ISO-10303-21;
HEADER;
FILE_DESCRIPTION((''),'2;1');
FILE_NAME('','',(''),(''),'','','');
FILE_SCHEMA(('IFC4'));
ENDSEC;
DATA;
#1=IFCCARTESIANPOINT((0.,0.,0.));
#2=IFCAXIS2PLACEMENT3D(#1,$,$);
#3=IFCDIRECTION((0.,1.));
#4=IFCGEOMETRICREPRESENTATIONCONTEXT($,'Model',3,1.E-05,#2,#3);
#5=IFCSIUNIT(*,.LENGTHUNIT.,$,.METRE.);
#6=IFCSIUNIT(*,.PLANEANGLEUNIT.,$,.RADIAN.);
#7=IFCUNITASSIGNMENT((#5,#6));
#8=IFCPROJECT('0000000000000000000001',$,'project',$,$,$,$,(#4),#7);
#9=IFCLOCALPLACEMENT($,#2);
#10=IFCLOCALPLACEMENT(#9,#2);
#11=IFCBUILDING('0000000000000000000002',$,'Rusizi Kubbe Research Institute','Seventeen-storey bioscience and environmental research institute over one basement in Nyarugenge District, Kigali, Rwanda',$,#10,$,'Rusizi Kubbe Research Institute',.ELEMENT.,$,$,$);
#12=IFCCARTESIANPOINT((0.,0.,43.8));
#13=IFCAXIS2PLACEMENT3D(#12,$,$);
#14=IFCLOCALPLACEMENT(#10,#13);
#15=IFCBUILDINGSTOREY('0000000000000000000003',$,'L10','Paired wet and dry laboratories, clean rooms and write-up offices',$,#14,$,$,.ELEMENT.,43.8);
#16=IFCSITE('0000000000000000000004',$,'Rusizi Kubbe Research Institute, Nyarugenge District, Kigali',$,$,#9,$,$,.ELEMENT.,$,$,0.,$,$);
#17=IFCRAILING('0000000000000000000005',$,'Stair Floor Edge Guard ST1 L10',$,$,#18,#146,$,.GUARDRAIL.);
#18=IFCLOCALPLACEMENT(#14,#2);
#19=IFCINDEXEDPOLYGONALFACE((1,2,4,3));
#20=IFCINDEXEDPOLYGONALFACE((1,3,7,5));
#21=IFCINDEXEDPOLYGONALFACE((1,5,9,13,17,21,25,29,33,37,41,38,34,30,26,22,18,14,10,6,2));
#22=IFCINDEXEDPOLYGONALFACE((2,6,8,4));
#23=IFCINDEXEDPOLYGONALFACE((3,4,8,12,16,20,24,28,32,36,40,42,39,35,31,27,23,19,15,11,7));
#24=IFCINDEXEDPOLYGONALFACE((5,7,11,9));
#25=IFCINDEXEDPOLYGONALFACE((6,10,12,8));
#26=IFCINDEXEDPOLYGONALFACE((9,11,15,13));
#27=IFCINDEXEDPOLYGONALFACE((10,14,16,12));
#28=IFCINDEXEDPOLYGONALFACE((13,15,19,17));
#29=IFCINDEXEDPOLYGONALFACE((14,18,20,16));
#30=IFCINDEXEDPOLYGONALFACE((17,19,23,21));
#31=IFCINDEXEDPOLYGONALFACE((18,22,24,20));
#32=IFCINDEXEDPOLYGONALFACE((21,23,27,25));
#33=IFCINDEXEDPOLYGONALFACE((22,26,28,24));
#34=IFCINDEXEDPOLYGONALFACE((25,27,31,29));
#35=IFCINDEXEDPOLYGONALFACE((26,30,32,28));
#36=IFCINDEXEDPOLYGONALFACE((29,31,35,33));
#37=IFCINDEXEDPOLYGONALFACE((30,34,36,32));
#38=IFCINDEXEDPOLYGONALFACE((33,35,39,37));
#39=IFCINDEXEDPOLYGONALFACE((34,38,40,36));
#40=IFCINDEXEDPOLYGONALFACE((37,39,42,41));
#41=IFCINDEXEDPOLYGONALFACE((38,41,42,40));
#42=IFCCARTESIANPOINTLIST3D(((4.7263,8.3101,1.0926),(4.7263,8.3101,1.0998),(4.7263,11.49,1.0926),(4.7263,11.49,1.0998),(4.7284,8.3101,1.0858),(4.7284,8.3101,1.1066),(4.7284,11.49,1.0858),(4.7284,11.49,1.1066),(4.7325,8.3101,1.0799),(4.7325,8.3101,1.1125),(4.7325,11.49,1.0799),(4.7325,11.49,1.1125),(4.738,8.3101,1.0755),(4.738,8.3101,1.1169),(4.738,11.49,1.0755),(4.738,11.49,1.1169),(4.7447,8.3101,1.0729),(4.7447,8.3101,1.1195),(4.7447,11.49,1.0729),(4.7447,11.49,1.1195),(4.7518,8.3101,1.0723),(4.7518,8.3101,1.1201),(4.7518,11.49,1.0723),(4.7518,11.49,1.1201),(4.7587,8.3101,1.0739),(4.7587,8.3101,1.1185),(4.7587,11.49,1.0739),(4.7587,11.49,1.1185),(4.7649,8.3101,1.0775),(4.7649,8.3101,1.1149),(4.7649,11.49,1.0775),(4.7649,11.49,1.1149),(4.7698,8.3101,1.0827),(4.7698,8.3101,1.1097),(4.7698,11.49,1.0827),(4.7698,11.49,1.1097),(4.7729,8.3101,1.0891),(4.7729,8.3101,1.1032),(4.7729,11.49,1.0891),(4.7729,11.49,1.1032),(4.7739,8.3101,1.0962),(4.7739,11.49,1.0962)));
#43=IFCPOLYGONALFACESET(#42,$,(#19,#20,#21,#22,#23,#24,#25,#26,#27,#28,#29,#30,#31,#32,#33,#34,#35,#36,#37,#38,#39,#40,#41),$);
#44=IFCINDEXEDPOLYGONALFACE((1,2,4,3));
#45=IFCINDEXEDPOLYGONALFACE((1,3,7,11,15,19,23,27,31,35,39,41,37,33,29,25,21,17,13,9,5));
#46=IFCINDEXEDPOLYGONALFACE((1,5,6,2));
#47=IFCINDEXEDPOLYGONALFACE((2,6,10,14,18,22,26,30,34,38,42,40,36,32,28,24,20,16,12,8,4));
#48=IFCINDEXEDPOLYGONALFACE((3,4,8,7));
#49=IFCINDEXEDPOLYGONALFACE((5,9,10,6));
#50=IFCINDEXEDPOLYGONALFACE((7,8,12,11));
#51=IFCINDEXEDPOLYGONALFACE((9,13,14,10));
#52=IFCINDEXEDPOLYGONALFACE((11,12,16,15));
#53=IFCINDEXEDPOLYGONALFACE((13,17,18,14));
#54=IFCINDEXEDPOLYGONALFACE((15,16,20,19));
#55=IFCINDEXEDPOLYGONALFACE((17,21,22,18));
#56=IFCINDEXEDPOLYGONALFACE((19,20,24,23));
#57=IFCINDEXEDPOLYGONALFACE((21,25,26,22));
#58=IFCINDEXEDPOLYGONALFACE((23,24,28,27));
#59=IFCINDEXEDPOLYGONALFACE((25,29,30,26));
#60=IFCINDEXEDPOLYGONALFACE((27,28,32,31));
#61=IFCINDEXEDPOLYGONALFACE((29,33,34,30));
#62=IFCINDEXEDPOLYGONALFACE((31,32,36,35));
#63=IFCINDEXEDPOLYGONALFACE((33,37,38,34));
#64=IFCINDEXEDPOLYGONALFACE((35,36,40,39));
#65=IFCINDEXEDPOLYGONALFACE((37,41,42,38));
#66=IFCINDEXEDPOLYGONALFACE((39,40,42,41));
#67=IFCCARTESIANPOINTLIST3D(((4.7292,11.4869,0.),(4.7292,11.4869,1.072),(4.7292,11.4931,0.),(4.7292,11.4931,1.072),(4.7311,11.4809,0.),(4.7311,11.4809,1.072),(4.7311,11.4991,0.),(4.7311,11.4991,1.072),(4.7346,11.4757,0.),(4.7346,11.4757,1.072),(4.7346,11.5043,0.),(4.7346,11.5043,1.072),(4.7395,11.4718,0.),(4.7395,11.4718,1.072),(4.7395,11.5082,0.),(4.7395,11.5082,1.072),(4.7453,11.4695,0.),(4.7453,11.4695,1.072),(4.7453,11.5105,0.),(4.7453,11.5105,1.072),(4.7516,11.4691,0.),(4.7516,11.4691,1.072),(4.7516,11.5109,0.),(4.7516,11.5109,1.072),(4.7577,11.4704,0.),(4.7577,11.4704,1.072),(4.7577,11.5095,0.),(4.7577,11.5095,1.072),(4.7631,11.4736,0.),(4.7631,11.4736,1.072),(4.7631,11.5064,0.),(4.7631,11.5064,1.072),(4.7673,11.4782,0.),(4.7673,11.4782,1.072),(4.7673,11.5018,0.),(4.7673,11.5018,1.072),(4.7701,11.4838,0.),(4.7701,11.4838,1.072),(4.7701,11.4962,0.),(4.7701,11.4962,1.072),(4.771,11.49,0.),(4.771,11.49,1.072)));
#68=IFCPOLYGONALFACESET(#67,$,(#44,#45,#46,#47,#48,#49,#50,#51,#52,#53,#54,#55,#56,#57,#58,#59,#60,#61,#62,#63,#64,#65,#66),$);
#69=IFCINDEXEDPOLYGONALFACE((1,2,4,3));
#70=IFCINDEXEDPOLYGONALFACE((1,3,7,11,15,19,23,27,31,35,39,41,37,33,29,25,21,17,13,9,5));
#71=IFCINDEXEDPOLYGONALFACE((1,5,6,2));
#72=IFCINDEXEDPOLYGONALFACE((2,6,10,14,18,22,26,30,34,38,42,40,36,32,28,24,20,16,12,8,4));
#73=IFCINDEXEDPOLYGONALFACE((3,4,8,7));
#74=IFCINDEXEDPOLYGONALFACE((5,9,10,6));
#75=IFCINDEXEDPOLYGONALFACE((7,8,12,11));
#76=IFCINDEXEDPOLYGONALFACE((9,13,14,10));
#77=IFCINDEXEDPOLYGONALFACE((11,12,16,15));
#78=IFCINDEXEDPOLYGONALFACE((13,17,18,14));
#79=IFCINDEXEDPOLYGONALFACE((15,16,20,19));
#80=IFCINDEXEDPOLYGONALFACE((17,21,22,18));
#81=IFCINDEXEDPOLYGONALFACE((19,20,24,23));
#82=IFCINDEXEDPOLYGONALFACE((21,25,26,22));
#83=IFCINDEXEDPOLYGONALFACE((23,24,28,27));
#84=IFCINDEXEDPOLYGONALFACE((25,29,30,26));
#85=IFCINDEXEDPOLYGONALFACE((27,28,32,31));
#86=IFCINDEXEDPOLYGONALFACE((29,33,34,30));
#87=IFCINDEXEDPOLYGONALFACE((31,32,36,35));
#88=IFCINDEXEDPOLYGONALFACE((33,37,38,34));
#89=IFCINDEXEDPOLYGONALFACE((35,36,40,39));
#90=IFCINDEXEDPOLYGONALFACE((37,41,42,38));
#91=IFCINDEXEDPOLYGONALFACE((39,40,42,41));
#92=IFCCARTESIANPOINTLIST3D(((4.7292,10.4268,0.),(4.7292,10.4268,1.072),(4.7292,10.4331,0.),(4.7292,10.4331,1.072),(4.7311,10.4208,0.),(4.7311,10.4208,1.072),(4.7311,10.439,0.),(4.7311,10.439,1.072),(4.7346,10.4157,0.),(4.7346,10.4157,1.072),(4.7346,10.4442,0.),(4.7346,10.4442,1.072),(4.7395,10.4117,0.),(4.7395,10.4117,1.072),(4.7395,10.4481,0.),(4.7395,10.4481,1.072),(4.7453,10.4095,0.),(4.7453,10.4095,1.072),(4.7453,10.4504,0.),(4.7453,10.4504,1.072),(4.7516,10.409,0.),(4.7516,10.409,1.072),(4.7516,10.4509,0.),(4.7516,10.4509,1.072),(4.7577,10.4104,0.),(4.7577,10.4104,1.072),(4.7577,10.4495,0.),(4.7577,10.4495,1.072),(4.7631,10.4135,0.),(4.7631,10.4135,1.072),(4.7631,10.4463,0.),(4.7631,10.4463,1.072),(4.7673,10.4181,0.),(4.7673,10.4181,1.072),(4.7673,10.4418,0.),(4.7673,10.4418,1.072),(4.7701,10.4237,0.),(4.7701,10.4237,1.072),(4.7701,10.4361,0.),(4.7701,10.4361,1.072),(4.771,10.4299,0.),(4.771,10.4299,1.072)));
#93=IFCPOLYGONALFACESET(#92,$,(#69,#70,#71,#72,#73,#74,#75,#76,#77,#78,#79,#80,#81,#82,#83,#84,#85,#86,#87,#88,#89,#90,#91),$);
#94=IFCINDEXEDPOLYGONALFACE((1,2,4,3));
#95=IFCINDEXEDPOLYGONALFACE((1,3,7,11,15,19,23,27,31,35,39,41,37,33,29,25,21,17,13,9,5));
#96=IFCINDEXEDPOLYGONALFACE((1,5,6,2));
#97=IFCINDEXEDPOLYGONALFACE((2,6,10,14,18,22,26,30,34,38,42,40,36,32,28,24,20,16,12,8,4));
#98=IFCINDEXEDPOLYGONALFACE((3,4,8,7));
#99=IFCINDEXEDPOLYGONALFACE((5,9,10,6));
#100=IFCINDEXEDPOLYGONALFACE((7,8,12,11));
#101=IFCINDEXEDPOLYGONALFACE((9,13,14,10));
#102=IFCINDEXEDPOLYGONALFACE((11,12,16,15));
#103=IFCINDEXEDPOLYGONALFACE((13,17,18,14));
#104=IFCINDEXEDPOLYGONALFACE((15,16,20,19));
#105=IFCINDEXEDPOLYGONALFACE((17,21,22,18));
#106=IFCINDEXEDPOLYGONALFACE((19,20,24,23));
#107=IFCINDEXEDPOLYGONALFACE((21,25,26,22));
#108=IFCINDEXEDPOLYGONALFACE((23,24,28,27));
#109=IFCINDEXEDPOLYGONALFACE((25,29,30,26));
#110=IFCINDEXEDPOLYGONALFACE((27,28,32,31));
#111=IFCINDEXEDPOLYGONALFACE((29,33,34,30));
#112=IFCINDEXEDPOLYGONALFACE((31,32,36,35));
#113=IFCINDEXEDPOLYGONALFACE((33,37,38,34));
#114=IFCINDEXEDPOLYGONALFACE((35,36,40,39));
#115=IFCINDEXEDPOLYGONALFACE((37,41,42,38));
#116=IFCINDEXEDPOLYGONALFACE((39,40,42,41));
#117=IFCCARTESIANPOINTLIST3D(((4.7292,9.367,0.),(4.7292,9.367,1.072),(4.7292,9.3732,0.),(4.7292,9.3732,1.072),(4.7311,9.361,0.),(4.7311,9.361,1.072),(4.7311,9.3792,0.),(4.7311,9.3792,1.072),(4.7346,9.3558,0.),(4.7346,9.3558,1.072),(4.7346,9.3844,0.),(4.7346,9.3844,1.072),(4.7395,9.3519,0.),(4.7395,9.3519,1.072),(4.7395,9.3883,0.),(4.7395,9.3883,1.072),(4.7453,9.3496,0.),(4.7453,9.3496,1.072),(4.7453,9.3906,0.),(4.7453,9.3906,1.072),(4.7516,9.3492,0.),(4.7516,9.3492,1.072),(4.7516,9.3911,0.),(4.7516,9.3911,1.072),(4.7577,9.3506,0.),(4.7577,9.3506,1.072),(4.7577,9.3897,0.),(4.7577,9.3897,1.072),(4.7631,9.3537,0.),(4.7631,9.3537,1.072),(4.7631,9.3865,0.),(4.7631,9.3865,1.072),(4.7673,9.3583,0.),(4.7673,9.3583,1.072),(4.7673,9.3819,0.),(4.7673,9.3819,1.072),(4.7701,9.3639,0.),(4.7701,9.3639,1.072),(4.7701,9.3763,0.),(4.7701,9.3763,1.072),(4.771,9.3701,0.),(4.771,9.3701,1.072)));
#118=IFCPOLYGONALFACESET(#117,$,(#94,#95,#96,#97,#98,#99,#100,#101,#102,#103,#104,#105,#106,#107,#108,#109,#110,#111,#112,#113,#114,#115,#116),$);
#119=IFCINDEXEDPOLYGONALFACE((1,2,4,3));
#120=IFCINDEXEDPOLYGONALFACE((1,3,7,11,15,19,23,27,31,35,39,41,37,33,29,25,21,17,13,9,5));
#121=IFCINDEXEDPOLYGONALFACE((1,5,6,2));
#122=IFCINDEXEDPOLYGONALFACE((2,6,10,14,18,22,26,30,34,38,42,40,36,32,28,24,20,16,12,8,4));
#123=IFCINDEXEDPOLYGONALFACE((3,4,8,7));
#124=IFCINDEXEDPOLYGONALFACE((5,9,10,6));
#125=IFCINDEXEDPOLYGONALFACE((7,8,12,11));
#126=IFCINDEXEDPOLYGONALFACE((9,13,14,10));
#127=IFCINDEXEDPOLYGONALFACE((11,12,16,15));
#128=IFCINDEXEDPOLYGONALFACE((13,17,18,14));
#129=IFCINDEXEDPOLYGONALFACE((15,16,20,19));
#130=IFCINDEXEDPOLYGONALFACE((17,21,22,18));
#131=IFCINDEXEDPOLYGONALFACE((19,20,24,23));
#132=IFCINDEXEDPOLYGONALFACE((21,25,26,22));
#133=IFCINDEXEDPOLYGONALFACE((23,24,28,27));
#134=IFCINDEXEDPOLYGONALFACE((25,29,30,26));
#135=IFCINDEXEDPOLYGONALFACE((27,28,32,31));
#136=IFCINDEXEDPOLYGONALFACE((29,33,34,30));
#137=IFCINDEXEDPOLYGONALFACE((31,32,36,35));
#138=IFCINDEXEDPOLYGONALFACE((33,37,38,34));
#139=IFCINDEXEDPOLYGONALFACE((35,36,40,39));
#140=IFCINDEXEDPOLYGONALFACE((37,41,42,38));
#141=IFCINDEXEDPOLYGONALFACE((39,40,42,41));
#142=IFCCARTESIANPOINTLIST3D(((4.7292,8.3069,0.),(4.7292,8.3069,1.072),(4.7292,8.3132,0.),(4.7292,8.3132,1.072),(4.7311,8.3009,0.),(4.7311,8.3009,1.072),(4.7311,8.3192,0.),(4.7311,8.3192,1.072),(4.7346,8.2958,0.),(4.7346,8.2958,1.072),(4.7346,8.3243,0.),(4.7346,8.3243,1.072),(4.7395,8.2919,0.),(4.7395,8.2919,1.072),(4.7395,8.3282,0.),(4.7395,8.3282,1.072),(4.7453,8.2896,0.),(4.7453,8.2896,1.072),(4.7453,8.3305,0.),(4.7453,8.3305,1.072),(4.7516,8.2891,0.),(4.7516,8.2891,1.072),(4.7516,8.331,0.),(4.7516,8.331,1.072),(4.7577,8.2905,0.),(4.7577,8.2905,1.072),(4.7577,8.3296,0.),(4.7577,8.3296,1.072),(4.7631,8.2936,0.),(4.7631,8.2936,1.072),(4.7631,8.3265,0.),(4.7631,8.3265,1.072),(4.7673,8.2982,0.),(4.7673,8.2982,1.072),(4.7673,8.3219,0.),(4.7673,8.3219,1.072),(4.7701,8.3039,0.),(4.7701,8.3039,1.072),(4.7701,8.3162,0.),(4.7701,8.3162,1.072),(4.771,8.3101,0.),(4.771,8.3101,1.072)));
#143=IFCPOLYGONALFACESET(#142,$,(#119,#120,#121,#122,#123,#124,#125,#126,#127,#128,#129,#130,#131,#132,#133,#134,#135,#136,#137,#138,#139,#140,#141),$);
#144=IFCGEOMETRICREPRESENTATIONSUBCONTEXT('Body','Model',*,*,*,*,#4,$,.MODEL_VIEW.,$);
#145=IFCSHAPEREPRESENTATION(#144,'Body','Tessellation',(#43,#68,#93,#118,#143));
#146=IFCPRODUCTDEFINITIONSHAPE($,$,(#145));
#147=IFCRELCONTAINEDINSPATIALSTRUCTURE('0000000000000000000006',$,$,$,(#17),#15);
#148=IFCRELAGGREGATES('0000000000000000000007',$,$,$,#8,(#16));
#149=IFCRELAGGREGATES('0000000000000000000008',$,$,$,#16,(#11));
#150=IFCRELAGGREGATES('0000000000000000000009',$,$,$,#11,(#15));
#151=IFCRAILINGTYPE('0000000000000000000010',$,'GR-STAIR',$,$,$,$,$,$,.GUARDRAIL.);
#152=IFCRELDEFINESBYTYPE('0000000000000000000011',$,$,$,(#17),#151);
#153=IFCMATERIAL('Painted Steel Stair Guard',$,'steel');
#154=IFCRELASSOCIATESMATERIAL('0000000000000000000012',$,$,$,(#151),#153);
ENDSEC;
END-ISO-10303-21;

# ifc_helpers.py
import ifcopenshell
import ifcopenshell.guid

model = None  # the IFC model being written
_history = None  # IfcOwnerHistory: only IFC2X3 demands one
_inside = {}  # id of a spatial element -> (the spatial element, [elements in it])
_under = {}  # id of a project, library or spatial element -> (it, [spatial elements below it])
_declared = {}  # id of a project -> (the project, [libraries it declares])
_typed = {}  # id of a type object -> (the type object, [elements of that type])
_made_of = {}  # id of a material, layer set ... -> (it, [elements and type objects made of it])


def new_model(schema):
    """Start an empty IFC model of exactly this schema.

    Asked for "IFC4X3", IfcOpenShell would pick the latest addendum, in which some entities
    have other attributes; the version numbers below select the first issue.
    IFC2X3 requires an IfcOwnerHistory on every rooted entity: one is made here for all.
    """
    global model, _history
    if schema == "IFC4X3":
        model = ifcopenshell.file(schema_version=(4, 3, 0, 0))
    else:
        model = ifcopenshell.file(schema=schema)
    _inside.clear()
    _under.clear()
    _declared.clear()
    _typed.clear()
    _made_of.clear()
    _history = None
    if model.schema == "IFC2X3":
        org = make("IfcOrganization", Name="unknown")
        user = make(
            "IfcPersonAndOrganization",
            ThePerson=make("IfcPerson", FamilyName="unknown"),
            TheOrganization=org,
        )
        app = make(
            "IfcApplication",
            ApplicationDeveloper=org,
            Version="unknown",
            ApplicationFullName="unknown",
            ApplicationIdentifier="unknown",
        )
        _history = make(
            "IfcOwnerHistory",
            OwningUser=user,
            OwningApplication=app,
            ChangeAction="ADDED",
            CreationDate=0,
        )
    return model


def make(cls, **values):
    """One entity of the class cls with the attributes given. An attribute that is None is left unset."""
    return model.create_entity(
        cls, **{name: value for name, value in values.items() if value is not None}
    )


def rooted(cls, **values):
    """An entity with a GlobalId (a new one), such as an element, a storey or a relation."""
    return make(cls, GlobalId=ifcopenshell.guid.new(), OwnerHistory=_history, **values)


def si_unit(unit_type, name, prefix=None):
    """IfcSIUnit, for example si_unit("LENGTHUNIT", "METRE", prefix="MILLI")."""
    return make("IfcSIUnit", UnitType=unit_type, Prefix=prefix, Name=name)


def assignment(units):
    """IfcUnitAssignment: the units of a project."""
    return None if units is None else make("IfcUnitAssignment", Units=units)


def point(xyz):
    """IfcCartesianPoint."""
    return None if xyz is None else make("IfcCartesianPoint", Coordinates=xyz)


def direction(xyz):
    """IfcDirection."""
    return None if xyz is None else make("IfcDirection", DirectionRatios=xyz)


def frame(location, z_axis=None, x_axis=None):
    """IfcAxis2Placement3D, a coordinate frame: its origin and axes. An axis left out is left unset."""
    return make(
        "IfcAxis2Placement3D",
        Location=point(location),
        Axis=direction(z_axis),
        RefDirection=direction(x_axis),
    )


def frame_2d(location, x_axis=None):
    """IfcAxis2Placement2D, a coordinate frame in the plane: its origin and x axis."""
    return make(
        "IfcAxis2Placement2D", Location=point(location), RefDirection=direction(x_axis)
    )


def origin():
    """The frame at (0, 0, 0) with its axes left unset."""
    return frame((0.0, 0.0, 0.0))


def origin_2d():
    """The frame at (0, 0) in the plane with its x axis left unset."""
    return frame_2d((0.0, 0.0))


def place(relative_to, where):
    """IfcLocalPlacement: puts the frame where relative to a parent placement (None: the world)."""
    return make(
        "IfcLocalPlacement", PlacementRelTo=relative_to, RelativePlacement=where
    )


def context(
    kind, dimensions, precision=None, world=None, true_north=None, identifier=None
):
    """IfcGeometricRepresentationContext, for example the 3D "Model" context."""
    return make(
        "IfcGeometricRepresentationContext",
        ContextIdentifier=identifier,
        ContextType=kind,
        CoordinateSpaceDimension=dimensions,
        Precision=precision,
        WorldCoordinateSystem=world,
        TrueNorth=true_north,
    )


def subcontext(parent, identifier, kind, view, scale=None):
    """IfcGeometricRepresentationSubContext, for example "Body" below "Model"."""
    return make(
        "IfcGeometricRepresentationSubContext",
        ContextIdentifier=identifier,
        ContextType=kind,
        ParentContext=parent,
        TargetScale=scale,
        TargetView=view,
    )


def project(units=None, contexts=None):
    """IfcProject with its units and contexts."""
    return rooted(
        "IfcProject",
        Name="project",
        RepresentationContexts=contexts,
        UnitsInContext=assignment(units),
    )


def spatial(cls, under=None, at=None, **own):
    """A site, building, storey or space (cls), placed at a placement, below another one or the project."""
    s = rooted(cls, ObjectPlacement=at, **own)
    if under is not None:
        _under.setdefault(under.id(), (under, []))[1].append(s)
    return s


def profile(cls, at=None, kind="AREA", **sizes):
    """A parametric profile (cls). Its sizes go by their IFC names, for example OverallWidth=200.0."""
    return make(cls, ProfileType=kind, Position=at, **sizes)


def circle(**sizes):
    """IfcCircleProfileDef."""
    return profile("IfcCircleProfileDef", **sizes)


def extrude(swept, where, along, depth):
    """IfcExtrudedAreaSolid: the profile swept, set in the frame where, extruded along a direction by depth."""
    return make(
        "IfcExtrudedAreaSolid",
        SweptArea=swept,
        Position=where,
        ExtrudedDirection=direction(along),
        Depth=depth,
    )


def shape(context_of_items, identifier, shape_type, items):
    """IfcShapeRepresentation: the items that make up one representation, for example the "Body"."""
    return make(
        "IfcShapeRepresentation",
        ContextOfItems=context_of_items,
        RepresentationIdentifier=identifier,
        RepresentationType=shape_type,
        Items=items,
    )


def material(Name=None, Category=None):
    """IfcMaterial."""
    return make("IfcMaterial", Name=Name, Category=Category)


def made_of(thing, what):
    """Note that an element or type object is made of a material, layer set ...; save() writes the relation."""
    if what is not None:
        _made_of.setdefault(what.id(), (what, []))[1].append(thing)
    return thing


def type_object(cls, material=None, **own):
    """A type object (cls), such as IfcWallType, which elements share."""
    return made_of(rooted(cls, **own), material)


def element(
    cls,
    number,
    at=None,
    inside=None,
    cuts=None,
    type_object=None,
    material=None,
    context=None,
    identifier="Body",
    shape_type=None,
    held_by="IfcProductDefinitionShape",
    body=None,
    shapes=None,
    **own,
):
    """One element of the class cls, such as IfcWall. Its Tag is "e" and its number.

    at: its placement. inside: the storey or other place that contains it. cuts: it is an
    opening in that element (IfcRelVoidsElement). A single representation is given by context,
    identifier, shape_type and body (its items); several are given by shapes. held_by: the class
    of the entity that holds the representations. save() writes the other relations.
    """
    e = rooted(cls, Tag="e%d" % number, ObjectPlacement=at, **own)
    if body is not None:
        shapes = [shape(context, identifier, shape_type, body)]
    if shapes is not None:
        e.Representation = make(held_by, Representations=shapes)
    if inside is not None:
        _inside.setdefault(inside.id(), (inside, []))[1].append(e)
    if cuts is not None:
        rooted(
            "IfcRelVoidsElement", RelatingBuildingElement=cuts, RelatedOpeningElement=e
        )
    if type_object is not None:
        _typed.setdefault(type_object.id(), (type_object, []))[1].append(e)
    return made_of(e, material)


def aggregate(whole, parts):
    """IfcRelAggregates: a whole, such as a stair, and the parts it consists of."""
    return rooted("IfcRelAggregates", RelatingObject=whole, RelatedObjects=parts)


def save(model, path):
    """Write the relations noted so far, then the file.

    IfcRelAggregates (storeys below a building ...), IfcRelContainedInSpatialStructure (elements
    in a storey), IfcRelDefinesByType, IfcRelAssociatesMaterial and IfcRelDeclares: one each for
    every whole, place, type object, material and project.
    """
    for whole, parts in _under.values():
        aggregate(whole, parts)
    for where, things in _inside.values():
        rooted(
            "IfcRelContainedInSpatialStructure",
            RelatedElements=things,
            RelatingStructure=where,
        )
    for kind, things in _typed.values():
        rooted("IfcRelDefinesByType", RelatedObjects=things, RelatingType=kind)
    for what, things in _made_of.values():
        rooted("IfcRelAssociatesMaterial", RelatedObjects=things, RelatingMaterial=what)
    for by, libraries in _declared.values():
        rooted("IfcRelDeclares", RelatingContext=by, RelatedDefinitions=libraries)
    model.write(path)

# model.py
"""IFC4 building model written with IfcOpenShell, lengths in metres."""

from ifc_helpers import new_model, si_unit, direction, frame, origin, origin_2d, place, context, subcontext, project, spatial, circle, extrude, material, type_object, element, save


model = new_model("IFC4")

# Units and contexts
model_context = context("Model", 3, precision=1e-05, world=origin(), true_north=direction((0.0, 1.0)))
body_context = subcontext(model_context, "Body", "Model", "MODEL_VIEW")
ifc_project = project(units=[si_unit("LENGTHUNIT", "METRE"), si_unit("PLANEANGLEUNIT", "RADIAN")], contexts=[model_context])

# Site, building, storey
site_placement = place(None, origin())
site = spatial("IfcSite", under=ifc_project, at=site_placement, Name="Rusizi Kubbe Research Institute, Nyarugenge District, Kigali", CompositionType="ELEMENT", RefElevation=0.0)
building_placement = place(site_placement, origin())
building = spatial("IfcBuilding", under=site, at=building_placement, Name="Rusizi Kubbe Research Institute", Description="Seventeen-storey bioscience and environmental research institute over one basement in Nyarugenge District, Kigali, Rwanda", LongName="Rusizi Kubbe Research Institute", CompositionType="ELEMENT")
storey_placement = place(building_placement, frame((0.0, 0.0, 43.8)))
storey = spatial("IfcBuildingStorey", under=building, at=storey_placement, Name="L10", Description="Paired wet and dry laboratories, clean rooms and write-up offices", CompositionType="ELEMENT", Elevation=43.8)

# Railing
ifc_material_1 = material(Name="Painted Steel Stair Guard", Category="steel")
railing_type_1 = type_object("IfcRailingType", Name="GR-STAIR", PredefinedType="GUARDRAIL", material=ifc_material_1)
railing_1_placement = place(storey_placement, frame((4.75, 11.49, 0.0)))
element("IfcRailing", 1, at=railing_1_placement, inside=storey, type_object=railing_type_1, Name="Stair Floor Edge Guard ST1 L10", PredefinedType="GUARDRAIL", context=body_context, shape_type="SweptSolid", body=[
    extrude(circle(Radius=0.0239, at=origin_2d()), frame((0.0, 0.0, 1.0962), z_axis=(0.0, -1.0, 0.0), x_axis=(1.0, 0.0, 0.0)), (0.0, 0.0, 1.0), 3.1799),
    extrude(circle(Radius=0.021, at=origin_2d()), origin(), (0.0, 0.0, 1.0), 1.072),
    extrude(circle(Radius=0.021, at=origin_2d()), frame((0.0, -1.0601, 0.0)), (0.0, 0.0, 1.0), 1.072),
    extrude(circle(Radius=0.021, at=origin_2d()), frame((0.0, -2.1199, 0.0)), (0.0, 0.0, 1.0), 1.072),
    extrude(circle(Radius=0.021, at=origin_2d()), frame((0.0, -3.1799, 0.0)), (0.0, 0.0, 1.0), 1.072),
])

save(model, "model.ifc")
